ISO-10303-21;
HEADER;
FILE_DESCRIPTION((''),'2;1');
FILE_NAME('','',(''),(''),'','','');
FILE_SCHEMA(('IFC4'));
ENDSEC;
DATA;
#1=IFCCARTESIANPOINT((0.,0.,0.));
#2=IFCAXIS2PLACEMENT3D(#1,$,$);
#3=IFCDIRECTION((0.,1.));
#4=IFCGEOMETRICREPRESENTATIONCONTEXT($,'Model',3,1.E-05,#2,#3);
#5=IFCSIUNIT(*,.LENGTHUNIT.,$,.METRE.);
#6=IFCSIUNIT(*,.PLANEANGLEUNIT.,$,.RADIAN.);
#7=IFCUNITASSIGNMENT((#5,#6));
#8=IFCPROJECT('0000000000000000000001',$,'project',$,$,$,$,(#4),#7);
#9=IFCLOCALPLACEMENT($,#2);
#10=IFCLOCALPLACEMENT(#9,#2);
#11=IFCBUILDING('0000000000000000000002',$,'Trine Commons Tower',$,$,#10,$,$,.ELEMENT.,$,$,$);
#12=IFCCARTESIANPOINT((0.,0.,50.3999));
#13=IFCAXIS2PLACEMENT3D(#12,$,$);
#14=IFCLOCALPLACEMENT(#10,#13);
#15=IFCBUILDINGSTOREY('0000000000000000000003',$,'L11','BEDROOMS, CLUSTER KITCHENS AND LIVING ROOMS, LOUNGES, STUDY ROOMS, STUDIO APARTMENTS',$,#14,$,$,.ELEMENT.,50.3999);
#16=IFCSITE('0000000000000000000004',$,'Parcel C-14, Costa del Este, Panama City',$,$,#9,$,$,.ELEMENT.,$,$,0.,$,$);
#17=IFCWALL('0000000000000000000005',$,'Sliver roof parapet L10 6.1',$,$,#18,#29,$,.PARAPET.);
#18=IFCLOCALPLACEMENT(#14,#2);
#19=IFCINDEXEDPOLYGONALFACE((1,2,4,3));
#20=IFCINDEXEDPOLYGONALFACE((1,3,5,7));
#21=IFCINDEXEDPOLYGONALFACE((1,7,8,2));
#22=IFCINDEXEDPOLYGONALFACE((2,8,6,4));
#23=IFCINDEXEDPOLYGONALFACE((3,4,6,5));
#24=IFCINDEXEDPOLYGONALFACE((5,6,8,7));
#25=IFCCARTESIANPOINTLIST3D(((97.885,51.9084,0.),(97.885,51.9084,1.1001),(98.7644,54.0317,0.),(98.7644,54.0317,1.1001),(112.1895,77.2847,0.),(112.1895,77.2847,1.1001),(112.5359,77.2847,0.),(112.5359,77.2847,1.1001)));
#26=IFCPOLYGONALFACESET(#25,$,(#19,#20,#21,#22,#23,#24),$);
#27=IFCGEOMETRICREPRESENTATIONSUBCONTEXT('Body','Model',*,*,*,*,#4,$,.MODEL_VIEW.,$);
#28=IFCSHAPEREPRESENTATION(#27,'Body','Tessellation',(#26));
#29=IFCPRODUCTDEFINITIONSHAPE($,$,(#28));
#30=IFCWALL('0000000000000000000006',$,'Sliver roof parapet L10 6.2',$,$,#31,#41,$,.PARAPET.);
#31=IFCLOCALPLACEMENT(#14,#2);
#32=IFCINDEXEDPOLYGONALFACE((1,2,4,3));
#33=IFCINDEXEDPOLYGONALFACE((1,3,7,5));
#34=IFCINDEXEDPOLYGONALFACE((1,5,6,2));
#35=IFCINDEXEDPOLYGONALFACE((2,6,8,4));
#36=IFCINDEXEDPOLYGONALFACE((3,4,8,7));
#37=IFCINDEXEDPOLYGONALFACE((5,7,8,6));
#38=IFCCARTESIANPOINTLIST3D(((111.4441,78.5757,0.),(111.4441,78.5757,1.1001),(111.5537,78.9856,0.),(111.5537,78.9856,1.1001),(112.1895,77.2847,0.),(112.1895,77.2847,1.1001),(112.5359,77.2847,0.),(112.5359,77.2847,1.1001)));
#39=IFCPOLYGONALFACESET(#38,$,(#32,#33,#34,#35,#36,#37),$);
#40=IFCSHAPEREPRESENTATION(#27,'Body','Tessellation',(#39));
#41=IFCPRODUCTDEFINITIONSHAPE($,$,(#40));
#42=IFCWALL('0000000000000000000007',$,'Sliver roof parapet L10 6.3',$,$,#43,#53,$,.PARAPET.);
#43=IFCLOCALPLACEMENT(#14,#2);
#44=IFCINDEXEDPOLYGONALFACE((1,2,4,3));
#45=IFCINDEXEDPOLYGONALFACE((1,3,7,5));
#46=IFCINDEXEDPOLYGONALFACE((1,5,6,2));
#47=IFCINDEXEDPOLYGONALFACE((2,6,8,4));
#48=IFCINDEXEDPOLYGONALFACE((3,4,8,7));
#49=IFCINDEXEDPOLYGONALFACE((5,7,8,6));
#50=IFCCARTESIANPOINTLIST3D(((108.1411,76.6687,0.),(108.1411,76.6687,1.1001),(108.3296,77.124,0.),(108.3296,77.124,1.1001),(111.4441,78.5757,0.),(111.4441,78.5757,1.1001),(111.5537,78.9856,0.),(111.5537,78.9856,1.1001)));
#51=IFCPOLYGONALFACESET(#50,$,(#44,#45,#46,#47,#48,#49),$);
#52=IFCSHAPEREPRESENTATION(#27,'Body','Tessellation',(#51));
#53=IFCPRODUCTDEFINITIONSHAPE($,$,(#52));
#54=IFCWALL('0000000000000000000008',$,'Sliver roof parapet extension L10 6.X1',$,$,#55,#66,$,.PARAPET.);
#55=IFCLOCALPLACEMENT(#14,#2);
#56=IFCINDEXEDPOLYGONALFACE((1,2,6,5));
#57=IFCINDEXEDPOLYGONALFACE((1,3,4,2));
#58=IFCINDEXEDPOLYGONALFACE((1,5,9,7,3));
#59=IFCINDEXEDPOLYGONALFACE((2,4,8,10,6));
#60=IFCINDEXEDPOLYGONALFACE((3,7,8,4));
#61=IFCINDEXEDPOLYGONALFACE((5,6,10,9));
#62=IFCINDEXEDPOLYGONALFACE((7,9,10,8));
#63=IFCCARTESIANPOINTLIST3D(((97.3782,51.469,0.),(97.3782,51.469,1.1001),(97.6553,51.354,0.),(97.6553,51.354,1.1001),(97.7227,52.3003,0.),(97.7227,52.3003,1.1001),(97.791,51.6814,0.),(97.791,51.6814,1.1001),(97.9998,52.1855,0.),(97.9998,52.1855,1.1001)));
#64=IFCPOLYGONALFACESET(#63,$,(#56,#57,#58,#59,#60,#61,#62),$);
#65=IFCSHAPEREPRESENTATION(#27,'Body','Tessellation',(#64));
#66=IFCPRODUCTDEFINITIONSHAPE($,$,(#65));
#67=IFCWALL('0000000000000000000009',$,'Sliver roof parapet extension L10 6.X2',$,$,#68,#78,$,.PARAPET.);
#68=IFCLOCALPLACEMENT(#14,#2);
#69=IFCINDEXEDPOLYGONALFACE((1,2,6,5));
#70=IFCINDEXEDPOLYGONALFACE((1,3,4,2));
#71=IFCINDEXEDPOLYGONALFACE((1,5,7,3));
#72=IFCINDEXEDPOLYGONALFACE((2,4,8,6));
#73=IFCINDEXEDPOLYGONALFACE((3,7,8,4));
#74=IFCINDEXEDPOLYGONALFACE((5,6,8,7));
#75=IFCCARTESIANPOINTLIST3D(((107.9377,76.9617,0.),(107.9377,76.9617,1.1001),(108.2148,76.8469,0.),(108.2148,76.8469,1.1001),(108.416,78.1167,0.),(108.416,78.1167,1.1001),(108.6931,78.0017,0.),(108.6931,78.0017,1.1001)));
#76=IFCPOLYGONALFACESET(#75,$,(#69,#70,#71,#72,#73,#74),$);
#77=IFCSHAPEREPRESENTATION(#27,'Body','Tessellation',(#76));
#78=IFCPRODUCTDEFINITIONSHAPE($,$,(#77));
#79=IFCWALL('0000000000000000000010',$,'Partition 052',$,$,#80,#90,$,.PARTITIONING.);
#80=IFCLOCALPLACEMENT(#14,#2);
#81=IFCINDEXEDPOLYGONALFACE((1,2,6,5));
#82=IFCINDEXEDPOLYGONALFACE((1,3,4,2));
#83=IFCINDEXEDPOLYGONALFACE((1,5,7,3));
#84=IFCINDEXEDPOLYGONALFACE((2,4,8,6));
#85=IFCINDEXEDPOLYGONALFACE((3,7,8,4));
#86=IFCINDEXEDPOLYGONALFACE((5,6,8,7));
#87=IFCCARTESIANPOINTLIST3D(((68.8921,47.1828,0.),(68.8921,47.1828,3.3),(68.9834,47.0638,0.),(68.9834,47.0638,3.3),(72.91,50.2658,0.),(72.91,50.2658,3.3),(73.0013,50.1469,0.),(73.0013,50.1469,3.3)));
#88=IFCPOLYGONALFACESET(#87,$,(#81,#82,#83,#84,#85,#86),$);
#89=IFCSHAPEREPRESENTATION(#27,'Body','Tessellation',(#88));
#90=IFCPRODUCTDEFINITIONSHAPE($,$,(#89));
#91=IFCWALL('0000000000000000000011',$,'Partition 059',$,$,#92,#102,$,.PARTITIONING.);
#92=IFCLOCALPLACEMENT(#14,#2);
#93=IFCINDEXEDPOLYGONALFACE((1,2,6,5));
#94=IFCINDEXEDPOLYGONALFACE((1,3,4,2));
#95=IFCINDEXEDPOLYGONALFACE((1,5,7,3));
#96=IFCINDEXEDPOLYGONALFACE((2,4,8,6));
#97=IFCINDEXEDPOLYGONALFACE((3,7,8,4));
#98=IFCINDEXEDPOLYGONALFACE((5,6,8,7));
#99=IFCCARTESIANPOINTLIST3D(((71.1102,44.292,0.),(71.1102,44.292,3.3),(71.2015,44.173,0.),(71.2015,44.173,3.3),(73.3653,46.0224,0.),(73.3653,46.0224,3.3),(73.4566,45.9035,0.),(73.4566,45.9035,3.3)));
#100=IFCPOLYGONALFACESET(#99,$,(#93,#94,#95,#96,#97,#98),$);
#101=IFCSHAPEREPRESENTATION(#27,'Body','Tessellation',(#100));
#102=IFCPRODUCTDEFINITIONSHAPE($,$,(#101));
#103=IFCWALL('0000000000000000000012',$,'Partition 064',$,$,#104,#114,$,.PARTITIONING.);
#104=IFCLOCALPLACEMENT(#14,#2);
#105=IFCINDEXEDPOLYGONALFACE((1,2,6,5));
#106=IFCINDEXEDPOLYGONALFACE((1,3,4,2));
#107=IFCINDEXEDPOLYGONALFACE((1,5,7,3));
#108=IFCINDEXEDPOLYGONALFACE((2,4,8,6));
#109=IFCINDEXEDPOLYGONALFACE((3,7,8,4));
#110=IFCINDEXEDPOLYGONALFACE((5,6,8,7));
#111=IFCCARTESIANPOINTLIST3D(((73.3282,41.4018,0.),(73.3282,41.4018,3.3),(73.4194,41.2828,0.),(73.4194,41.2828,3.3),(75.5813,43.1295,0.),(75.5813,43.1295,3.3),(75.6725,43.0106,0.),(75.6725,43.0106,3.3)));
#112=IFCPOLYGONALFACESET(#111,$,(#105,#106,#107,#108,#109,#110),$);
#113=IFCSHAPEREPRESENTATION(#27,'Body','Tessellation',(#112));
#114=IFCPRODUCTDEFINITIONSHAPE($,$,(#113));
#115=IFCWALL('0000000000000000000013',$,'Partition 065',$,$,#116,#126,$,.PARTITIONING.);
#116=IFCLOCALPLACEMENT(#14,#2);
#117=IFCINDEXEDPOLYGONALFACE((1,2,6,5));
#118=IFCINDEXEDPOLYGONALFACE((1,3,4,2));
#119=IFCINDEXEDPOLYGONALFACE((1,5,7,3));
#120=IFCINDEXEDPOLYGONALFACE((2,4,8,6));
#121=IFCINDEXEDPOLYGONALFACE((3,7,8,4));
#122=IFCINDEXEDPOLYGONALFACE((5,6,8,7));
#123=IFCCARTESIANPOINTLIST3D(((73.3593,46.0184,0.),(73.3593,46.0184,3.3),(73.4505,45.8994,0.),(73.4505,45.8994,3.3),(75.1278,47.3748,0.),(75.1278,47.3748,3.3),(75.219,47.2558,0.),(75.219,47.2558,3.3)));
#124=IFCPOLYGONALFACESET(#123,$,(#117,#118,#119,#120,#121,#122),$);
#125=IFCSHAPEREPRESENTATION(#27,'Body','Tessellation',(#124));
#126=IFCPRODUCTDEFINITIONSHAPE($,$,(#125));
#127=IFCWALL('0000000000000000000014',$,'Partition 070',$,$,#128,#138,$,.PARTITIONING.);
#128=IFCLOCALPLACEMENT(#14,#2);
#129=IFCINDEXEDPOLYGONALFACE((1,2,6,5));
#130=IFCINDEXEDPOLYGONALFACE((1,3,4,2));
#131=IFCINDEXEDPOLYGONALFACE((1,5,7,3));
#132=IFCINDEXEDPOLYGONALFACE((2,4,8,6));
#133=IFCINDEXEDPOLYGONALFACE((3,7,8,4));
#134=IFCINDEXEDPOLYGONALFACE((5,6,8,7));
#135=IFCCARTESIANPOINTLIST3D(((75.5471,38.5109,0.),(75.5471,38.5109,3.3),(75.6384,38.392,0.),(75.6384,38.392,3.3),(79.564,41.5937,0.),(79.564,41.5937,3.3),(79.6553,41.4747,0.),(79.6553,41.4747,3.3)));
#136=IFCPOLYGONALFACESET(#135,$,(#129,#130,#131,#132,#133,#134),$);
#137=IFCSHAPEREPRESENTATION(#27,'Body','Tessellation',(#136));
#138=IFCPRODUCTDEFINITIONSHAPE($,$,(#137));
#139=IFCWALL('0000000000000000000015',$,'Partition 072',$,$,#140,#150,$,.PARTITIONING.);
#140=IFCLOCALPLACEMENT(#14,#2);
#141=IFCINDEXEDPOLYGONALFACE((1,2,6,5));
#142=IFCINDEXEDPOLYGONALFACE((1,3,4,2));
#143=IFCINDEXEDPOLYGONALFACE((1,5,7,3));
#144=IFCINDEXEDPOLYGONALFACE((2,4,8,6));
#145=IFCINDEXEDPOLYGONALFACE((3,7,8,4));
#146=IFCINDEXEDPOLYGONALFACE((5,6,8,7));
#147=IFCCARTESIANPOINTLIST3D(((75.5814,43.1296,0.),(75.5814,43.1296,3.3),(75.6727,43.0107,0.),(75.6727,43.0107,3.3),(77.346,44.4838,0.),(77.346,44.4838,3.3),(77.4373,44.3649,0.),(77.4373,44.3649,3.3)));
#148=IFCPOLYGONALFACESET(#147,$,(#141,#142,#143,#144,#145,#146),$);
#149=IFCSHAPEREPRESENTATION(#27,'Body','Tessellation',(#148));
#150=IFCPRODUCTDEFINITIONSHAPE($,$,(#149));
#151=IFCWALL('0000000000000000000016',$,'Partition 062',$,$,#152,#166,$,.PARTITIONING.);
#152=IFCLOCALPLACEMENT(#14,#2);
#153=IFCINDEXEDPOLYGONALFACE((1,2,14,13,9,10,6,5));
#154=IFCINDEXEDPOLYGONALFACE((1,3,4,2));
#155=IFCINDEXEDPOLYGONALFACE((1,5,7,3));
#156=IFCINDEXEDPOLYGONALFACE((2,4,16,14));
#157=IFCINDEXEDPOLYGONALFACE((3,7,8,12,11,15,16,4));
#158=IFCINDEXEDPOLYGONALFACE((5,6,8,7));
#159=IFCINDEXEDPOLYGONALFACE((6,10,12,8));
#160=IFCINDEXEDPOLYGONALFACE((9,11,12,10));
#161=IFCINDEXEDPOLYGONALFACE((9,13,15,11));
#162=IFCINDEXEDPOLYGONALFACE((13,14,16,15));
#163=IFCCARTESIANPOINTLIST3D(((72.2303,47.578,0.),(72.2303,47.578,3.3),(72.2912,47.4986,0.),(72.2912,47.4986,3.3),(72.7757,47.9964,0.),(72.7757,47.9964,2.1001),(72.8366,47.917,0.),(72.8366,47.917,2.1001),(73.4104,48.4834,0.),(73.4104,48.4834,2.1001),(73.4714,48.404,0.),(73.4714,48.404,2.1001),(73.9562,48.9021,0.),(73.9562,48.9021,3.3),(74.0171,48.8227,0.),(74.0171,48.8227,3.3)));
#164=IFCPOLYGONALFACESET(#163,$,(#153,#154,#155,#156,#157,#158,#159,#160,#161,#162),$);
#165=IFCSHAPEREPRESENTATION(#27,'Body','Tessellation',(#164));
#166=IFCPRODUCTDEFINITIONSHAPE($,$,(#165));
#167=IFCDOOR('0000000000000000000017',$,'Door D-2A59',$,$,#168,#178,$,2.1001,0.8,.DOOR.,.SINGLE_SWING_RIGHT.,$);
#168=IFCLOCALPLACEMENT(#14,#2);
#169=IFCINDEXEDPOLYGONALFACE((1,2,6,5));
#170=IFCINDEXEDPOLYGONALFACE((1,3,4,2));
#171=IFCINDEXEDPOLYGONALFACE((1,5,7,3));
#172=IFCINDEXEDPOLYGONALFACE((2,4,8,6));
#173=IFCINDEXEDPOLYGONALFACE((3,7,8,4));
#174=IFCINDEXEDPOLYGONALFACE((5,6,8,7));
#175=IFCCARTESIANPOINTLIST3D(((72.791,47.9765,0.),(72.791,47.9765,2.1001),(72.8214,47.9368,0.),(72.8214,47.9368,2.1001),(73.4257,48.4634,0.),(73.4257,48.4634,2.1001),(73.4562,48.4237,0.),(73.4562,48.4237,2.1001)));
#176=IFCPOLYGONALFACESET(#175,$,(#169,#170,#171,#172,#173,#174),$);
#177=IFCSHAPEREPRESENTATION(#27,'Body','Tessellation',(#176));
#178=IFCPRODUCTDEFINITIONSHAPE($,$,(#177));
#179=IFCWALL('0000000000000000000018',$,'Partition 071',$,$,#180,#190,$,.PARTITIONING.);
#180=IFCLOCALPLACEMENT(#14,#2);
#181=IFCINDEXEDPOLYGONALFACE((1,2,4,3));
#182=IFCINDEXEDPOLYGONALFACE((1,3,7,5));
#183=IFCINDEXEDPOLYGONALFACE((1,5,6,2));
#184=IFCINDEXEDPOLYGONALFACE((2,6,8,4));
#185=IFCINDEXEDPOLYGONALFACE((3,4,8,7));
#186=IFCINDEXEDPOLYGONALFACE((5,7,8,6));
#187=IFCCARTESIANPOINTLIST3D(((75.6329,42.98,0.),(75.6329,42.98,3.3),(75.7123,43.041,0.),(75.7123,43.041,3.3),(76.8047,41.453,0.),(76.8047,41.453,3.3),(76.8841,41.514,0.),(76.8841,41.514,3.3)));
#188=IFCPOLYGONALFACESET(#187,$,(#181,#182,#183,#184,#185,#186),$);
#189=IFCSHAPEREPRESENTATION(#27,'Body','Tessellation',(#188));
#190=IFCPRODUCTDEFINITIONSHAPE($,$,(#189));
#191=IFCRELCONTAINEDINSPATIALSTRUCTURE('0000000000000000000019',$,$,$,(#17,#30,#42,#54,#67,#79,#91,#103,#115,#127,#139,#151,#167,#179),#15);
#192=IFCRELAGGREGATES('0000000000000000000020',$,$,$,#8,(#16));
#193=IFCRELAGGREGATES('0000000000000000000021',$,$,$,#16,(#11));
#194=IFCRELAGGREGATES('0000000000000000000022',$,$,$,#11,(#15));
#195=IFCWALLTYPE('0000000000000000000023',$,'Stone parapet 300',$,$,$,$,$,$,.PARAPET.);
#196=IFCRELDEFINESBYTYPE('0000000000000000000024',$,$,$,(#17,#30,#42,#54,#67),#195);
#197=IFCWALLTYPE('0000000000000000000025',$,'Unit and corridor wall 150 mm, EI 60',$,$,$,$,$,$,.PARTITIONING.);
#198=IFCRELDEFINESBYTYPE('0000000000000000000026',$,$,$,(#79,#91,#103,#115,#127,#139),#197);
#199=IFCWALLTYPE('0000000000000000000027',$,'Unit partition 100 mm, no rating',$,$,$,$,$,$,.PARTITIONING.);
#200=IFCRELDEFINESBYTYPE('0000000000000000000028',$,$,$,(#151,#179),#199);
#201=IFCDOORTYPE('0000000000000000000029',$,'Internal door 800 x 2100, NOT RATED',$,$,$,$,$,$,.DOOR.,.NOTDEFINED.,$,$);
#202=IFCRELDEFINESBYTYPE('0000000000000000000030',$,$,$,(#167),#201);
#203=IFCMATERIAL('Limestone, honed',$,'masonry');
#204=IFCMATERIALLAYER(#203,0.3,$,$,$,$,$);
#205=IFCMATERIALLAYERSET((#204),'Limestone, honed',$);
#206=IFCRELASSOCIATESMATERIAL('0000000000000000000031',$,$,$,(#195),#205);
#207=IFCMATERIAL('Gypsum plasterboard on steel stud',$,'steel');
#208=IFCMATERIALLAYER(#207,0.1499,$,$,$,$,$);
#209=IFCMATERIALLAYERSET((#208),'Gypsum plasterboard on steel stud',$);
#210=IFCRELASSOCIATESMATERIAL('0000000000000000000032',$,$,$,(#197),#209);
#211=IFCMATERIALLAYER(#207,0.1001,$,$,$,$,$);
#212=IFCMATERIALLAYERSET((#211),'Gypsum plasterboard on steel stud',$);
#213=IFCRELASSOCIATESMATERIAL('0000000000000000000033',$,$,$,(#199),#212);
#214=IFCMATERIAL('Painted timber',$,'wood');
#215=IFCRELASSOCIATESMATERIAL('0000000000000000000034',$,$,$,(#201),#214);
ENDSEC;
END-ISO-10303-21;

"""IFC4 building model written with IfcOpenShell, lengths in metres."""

from ifc_helpers import new_model, si_unit, direction, frame, frame_2d, origin, place, context, subcontext, project, spatial, polyline, rectangle, outline, extrude, material, layer, layer_set, type_object, element, fill, save


model = new_model("IFC4")

# Units and contexts
model_context = context("Model", 3, precision=1e-05, world=origin(), true_north=direction((0.0, 1.0)))
body_context = subcontext(model_context, "Body", "Model", "MODEL_VIEW")
ifc_project = project(units=[si_unit("LENGTHUNIT", "METRE"), si_unit("PLANEANGLEUNIT", "RADIAN")], contexts=[model_context])

# Site, building, storey
site_placement = place(None, origin())
site = spatial("IfcSite", under=ifc_project, at=site_placement, Name="Parcel C-14, Costa del Este, Panama City", CompositionType="ELEMENT", RefElevation=0.0)
building_placement = place(site_placement, origin())
building = spatial("IfcBuilding", under=site, at=building_placement, Name="Trine Commons Tower", CompositionType="ELEMENT")
storey_placement = place(building_placement, frame((0.0, 0.0, 50.3999)))
storey = spatial("IfcBuildingStorey", under=building, at=storey_placement, Name="L11", Description="BEDROOMS, CLUSTER KITCHENS AND LIVING ROOMS, LOUNGES, STUDY ROOMS, STUDIO APARTMENTS", CompositionType="ELEMENT", Elevation=50.3999)

# Walls
ifc_material_1 = material(Name="Limestone, honed", Category="masonry")
ifc_layer_1 = layer(ifc_material_1, 0.3)
ifc_layer_set_1 = layer_set([ifc_layer_1], Name="Limestone, honed")
wall_type_1 = type_object("IfcWallType", Name="Stone parapet 300", PredefinedType="PARAPET", material=ifc_layer_set_1)
wall_1_placement = place(storey_placement, origin())
element("IfcWall", 1, at=wall_1_placement, inside=storey, type_object=wall_type_1, Name="Sliver roof parapet L10 6.1", PredefinedType="PARAPET", context=body_context, shape_type="SweptSolid", body=[
    extrude(outline(polyline([(97.885, 51.9084), (112.5359, 77.2847), (112.1895, 77.2847), (98.7644, 54.0317), (97.885, 51.9084)])), origin(), (0.0, 0.0, 1.0), 1.1001),
])
wall_2_placement = place(storey_placement, origin())
element("IfcWall", 2, at=wall_2_placement, inside=storey, type_object=wall_type_1, Name="Sliver roof parapet L10 6.2", PredefinedType="PARAPET", context=body_context, shape_type="SweptSolid", body=[
    extrude(outline(polyline([(112.5359, 77.2847), (111.5537, 78.9856), (111.4441, 78.5757), (112.1895, 77.2847), (112.5359, 77.2847)])), origin(), (0.0, 0.0, 1.0), 1.1001),
])
wall_3_placement = place(storey_placement, origin())
element("IfcWall", 3, at=wall_3_placement, inside=storey, type_object=wall_type_1, Name="Sliver roof parapet L10 6.3", PredefinedType="PARAPET", context=body_context, shape_type="SweptSolid", body=[
    extrude(outline(polyline([(111.5537, 78.9856), (108.3296, 77.124), (108.1411, 76.6687), (111.4441, 78.5757), (111.5537, 78.9856)])), origin(), (0.0, 0.0, 1.0), 1.1001),
])
wall_4_placement = place(storey_placement, origin())
element("IfcWall", 4, at=wall_4_placement, inside=storey, type_object=wall_type_1, Name="Sliver roof parapet extension L10 6.X1", PredefinedType="PARAPET", context=body_context, shape_type="SweptSolid", body=[
    extrude(outline(polyline([(97.9998, 52.1855), (97.7227, 52.3003), (97.3782, 51.469), (97.6553, 51.354), (97.791, 51.6814), (97.9998, 52.1855)])), origin(), (0.0, 0.0, 1.0), 1.1001),
])
wall_5_placement = place(storey_placement, origin())
element("IfcWall", 5, at=wall_5_placement, inside=storey, type_object=wall_type_1, Name="Sliver roof parapet extension L10 6.X2", PredefinedType="PARAPET", context=body_context, shape_type="SweptSolid", body=[
    extrude(outline(polyline([(107.9377, 76.9617), (108.2148, 76.8469), (108.6931, 78.0017), (108.416, 78.1167), (107.9377, 76.9617)])), origin(), (0.0, 0.0, 1.0), 1.1001),
])
ifc_material_2 = material(Name="Gypsum plasterboard on steel stud", Category="steel")
ifc_layer_2 = layer(ifc_material_2, 0.1499)
ifc_layer_set_2 = layer_set([ifc_layer_2], Name="Gypsum plasterboard on steel stud")
wall_type_2 = type_object("IfcWallType", Name="Unit and corridor wall 150 mm, EI 60", PredefinedType="PARTITIONING", material=ifc_layer_set_2)
wall_6_placement = place(storey_placement, frame((68.9377, 47.1233, 0.0), z_axis=(0.0, 0.0, 1.0), x_axis=(0.793351, 0.608764, 0.0)))
element("IfcWall", 6, at=wall_6_placement, inside=storey, type_object=wall_type_2, Name="Partition 052", PredefinedType="PARTITIONING", context=body_context, shape_type="SweptSolid", body=[
    extrude(rectangle(XDim=5.0645, YDim=0.1499, at=frame_2d((2.5322, 0.0))), origin(), (0.0, 0.0, 1.0), 3.3),
])
wall_7_placement = place(storey_placement, frame((71.1558, 44.2324, 0.0), z_axis=(0.0, 0.0, 1.0), x_axis=(0.793345, 0.608772, 0.0)))
element("IfcWall", 7, at=wall_7_placement, inside=storey, type_object=wall_type_2, Name="Partition 059", PredefinedType="PARTITIONING", context=body_context, shape_type="SweptSolid", body=[
    extrude(rectangle(XDim=2.8425, YDim=0.1499, at=frame_2d((1.4214, 0.0))), origin(), (0.0, 0.0, 1.0), 3.3),
])
wall_8_placement = place(storey_placement, frame((73.3738, 41.3423, 0.0), z_axis=(0.0, 0.0, 1.0), x_axis=(0.793547, 0.608509, 0.0)))
element("IfcWall", 8, at=wall_8_placement, inside=storey, type_object=wall_type_2, Name="Partition 064", PredefinedType="PARTITIONING", context=body_context, shape_type="SweptSolid", body=[
    extrude(rectangle(XDim=2.8394, YDim=0.1499, at=frame_2d((1.4197, 0.0))), origin(), (0.0, 0.0, 1.0), 3.3),
])
wall_9_placement = place(storey_placement, frame((73.405, 45.959, 0.0), z_axis=(0.0, 0.0, 1.0), x_axis=(0.793486, 0.608588, 0.0)))
element("IfcWall", 9, at=wall_9_placement, inside=storey, type_object=wall_type_2, Name="Partition 065", PredefinedType="PARTITIONING", context=body_context, shape_type="SweptSolid", body=[
    extrude(rectangle(XDim=2.2288, YDim=0.1499, at=frame_2d((1.1143, 0.0))), origin(), (0.0, 0.0, 1.0), 3.3),
])
wall_10_placement = place(storey_placement, frame((75.5928, 38.4514, 0.0), z_axis=(0.0, 0.0, 1.0), x_axis=(0.793303, 0.608827, 0.0)))
element("IfcWall", 10, at=wall_10_placement, inside=storey, type_object=wall_type_2, Name="Partition 070", PredefinedType="PARTITIONING", context=body_context, shape_type="SweptSolid", body=[
    extrude(rectangle(XDim=5.0635, YDim=0.1499, at=frame_2d((2.5317, 0.0))), origin(), (0.0, 0.0, 1.0), 3.3),
])
wall_11_placement = place(storey_placement, frame((75.627, 43.0701, 0.0), z_axis=(0.0, 0.0, 1.0), x_axis=(0.793313, 0.608814, 0.0)))
element("IfcWall", 11, at=wall_11_placement, inside=storey, type_object=wall_type_2, Name="Partition 072", PredefinedType="PARTITIONING", context=body_context, shape_type="SweptSolid", body=[
    extrude(rectangle(XDim=2.2244, YDim=0.1499, at=frame_2d((1.1123, 0.0))), origin(), (0.0, 0.0, 1.0), 3.3),
])

# Wall, opening, door
ifc_layer_3 = layer(ifc_material_2, 0.1001)
ifc_layer_set_3 = layer_set([ifc_layer_3], Name="Gypsum plasterboard on steel stud")
wall_type_3 = type_object("IfcWallType", Name="Unit partition 100 mm, no rating", PredefinedType="PARTITIONING", material=ifc_layer_set_3)
wall_12_placement = place(storey_placement, frame((72.2607, 47.5383, 0.0), z_axis=(0.0, 0.0, 1.0), x_axis=(0.79342, 0.608674, 0.0)))
wall_12 = element("IfcWall", 12, at=wall_12_placement, inside=storey, type_object=wall_type_3, Name="Partition 062", PredefinedType="PARTITIONING", context=body_context, shape_type="SweptSolid", body=[
    extrude(rectangle(XDim=2.1753, YDim=0.1001, at=frame_2d((1.0876, 0.0))), origin(), (0.0, 0.0, 1.0), 3.3),
])
opening_placement = place(wall_12_placement, frame((0.6875, 0.0, 0.0)))
opening = element("IfcOpeningElement", 13, at=opening_placement, cuts=wall_12, PredefinedType="OPENING", context=body_context, shape_type="SweptSolid", body=[
    extrude(rectangle(XDim=0.8, YDim=2.1001, at=frame_2d((0.3999, 1.05))), frame((0.0, 0.0601, 0.0), z_axis=(0.0, -1.0, 0.0), x_axis=(1.0, 0.0, 0.0)), (0.0, 0.0, 1.0), 0.1201),
])
ifc_material_3 = material(Name="Painted timber", Category="wood")
door_type = type_object("IfcDoorType", Name="Internal door 800 x 2100, NOT RATED", OperationType="NOTDEFINED", PredefinedType="DOOR", material=ifc_material_3)
door_placement = place(opening_placement, origin())
door = element("IfcDoor", 14, at=door_placement, inside=storey, type_object=door_type, Name="Door D-2A59", OperationType="SINGLE_SWING_RIGHT", OverallHeight=2.1001, OverallWidth=0.8, PredefinedType="DOOR", context=body_context, shape_type="SweptSolid", body=[
    extrude(rectangle(XDim=0.8, YDim=2.1001, at=frame_2d((0.3999, 1.05))), frame((0.0, 0.0249, 0.0), z_axis=(0.0, -1.0, 0.0), x_axis=(1.0, 0.0, 0.0)), (0.0, 0.0, 1.0), 0.05),
])
fill(opening, door)

# Wall
wall_13_placement = place(storey_placement, frame((75.6726, 43.0105, 0.0), z_axis=(0.0, 0.0, 1.0), x_axis=(0.608791, -0.793331, 0.0)))
element("IfcWall", 15, at=wall_13_placement, inside=storey, type_object=wall_type_3, Name="Partition 071", PredefinedType="PARTITIONING", context=body_context, shape_type="SweptSolid", body=[
    extrude(rectangle(XDim=1.9248, YDim=0.1001, at=frame_2d((0.9624, 0.0))), origin(), (0.0, 0.0, 1.0), 3.3),
])

save(model, "model.ifc")
